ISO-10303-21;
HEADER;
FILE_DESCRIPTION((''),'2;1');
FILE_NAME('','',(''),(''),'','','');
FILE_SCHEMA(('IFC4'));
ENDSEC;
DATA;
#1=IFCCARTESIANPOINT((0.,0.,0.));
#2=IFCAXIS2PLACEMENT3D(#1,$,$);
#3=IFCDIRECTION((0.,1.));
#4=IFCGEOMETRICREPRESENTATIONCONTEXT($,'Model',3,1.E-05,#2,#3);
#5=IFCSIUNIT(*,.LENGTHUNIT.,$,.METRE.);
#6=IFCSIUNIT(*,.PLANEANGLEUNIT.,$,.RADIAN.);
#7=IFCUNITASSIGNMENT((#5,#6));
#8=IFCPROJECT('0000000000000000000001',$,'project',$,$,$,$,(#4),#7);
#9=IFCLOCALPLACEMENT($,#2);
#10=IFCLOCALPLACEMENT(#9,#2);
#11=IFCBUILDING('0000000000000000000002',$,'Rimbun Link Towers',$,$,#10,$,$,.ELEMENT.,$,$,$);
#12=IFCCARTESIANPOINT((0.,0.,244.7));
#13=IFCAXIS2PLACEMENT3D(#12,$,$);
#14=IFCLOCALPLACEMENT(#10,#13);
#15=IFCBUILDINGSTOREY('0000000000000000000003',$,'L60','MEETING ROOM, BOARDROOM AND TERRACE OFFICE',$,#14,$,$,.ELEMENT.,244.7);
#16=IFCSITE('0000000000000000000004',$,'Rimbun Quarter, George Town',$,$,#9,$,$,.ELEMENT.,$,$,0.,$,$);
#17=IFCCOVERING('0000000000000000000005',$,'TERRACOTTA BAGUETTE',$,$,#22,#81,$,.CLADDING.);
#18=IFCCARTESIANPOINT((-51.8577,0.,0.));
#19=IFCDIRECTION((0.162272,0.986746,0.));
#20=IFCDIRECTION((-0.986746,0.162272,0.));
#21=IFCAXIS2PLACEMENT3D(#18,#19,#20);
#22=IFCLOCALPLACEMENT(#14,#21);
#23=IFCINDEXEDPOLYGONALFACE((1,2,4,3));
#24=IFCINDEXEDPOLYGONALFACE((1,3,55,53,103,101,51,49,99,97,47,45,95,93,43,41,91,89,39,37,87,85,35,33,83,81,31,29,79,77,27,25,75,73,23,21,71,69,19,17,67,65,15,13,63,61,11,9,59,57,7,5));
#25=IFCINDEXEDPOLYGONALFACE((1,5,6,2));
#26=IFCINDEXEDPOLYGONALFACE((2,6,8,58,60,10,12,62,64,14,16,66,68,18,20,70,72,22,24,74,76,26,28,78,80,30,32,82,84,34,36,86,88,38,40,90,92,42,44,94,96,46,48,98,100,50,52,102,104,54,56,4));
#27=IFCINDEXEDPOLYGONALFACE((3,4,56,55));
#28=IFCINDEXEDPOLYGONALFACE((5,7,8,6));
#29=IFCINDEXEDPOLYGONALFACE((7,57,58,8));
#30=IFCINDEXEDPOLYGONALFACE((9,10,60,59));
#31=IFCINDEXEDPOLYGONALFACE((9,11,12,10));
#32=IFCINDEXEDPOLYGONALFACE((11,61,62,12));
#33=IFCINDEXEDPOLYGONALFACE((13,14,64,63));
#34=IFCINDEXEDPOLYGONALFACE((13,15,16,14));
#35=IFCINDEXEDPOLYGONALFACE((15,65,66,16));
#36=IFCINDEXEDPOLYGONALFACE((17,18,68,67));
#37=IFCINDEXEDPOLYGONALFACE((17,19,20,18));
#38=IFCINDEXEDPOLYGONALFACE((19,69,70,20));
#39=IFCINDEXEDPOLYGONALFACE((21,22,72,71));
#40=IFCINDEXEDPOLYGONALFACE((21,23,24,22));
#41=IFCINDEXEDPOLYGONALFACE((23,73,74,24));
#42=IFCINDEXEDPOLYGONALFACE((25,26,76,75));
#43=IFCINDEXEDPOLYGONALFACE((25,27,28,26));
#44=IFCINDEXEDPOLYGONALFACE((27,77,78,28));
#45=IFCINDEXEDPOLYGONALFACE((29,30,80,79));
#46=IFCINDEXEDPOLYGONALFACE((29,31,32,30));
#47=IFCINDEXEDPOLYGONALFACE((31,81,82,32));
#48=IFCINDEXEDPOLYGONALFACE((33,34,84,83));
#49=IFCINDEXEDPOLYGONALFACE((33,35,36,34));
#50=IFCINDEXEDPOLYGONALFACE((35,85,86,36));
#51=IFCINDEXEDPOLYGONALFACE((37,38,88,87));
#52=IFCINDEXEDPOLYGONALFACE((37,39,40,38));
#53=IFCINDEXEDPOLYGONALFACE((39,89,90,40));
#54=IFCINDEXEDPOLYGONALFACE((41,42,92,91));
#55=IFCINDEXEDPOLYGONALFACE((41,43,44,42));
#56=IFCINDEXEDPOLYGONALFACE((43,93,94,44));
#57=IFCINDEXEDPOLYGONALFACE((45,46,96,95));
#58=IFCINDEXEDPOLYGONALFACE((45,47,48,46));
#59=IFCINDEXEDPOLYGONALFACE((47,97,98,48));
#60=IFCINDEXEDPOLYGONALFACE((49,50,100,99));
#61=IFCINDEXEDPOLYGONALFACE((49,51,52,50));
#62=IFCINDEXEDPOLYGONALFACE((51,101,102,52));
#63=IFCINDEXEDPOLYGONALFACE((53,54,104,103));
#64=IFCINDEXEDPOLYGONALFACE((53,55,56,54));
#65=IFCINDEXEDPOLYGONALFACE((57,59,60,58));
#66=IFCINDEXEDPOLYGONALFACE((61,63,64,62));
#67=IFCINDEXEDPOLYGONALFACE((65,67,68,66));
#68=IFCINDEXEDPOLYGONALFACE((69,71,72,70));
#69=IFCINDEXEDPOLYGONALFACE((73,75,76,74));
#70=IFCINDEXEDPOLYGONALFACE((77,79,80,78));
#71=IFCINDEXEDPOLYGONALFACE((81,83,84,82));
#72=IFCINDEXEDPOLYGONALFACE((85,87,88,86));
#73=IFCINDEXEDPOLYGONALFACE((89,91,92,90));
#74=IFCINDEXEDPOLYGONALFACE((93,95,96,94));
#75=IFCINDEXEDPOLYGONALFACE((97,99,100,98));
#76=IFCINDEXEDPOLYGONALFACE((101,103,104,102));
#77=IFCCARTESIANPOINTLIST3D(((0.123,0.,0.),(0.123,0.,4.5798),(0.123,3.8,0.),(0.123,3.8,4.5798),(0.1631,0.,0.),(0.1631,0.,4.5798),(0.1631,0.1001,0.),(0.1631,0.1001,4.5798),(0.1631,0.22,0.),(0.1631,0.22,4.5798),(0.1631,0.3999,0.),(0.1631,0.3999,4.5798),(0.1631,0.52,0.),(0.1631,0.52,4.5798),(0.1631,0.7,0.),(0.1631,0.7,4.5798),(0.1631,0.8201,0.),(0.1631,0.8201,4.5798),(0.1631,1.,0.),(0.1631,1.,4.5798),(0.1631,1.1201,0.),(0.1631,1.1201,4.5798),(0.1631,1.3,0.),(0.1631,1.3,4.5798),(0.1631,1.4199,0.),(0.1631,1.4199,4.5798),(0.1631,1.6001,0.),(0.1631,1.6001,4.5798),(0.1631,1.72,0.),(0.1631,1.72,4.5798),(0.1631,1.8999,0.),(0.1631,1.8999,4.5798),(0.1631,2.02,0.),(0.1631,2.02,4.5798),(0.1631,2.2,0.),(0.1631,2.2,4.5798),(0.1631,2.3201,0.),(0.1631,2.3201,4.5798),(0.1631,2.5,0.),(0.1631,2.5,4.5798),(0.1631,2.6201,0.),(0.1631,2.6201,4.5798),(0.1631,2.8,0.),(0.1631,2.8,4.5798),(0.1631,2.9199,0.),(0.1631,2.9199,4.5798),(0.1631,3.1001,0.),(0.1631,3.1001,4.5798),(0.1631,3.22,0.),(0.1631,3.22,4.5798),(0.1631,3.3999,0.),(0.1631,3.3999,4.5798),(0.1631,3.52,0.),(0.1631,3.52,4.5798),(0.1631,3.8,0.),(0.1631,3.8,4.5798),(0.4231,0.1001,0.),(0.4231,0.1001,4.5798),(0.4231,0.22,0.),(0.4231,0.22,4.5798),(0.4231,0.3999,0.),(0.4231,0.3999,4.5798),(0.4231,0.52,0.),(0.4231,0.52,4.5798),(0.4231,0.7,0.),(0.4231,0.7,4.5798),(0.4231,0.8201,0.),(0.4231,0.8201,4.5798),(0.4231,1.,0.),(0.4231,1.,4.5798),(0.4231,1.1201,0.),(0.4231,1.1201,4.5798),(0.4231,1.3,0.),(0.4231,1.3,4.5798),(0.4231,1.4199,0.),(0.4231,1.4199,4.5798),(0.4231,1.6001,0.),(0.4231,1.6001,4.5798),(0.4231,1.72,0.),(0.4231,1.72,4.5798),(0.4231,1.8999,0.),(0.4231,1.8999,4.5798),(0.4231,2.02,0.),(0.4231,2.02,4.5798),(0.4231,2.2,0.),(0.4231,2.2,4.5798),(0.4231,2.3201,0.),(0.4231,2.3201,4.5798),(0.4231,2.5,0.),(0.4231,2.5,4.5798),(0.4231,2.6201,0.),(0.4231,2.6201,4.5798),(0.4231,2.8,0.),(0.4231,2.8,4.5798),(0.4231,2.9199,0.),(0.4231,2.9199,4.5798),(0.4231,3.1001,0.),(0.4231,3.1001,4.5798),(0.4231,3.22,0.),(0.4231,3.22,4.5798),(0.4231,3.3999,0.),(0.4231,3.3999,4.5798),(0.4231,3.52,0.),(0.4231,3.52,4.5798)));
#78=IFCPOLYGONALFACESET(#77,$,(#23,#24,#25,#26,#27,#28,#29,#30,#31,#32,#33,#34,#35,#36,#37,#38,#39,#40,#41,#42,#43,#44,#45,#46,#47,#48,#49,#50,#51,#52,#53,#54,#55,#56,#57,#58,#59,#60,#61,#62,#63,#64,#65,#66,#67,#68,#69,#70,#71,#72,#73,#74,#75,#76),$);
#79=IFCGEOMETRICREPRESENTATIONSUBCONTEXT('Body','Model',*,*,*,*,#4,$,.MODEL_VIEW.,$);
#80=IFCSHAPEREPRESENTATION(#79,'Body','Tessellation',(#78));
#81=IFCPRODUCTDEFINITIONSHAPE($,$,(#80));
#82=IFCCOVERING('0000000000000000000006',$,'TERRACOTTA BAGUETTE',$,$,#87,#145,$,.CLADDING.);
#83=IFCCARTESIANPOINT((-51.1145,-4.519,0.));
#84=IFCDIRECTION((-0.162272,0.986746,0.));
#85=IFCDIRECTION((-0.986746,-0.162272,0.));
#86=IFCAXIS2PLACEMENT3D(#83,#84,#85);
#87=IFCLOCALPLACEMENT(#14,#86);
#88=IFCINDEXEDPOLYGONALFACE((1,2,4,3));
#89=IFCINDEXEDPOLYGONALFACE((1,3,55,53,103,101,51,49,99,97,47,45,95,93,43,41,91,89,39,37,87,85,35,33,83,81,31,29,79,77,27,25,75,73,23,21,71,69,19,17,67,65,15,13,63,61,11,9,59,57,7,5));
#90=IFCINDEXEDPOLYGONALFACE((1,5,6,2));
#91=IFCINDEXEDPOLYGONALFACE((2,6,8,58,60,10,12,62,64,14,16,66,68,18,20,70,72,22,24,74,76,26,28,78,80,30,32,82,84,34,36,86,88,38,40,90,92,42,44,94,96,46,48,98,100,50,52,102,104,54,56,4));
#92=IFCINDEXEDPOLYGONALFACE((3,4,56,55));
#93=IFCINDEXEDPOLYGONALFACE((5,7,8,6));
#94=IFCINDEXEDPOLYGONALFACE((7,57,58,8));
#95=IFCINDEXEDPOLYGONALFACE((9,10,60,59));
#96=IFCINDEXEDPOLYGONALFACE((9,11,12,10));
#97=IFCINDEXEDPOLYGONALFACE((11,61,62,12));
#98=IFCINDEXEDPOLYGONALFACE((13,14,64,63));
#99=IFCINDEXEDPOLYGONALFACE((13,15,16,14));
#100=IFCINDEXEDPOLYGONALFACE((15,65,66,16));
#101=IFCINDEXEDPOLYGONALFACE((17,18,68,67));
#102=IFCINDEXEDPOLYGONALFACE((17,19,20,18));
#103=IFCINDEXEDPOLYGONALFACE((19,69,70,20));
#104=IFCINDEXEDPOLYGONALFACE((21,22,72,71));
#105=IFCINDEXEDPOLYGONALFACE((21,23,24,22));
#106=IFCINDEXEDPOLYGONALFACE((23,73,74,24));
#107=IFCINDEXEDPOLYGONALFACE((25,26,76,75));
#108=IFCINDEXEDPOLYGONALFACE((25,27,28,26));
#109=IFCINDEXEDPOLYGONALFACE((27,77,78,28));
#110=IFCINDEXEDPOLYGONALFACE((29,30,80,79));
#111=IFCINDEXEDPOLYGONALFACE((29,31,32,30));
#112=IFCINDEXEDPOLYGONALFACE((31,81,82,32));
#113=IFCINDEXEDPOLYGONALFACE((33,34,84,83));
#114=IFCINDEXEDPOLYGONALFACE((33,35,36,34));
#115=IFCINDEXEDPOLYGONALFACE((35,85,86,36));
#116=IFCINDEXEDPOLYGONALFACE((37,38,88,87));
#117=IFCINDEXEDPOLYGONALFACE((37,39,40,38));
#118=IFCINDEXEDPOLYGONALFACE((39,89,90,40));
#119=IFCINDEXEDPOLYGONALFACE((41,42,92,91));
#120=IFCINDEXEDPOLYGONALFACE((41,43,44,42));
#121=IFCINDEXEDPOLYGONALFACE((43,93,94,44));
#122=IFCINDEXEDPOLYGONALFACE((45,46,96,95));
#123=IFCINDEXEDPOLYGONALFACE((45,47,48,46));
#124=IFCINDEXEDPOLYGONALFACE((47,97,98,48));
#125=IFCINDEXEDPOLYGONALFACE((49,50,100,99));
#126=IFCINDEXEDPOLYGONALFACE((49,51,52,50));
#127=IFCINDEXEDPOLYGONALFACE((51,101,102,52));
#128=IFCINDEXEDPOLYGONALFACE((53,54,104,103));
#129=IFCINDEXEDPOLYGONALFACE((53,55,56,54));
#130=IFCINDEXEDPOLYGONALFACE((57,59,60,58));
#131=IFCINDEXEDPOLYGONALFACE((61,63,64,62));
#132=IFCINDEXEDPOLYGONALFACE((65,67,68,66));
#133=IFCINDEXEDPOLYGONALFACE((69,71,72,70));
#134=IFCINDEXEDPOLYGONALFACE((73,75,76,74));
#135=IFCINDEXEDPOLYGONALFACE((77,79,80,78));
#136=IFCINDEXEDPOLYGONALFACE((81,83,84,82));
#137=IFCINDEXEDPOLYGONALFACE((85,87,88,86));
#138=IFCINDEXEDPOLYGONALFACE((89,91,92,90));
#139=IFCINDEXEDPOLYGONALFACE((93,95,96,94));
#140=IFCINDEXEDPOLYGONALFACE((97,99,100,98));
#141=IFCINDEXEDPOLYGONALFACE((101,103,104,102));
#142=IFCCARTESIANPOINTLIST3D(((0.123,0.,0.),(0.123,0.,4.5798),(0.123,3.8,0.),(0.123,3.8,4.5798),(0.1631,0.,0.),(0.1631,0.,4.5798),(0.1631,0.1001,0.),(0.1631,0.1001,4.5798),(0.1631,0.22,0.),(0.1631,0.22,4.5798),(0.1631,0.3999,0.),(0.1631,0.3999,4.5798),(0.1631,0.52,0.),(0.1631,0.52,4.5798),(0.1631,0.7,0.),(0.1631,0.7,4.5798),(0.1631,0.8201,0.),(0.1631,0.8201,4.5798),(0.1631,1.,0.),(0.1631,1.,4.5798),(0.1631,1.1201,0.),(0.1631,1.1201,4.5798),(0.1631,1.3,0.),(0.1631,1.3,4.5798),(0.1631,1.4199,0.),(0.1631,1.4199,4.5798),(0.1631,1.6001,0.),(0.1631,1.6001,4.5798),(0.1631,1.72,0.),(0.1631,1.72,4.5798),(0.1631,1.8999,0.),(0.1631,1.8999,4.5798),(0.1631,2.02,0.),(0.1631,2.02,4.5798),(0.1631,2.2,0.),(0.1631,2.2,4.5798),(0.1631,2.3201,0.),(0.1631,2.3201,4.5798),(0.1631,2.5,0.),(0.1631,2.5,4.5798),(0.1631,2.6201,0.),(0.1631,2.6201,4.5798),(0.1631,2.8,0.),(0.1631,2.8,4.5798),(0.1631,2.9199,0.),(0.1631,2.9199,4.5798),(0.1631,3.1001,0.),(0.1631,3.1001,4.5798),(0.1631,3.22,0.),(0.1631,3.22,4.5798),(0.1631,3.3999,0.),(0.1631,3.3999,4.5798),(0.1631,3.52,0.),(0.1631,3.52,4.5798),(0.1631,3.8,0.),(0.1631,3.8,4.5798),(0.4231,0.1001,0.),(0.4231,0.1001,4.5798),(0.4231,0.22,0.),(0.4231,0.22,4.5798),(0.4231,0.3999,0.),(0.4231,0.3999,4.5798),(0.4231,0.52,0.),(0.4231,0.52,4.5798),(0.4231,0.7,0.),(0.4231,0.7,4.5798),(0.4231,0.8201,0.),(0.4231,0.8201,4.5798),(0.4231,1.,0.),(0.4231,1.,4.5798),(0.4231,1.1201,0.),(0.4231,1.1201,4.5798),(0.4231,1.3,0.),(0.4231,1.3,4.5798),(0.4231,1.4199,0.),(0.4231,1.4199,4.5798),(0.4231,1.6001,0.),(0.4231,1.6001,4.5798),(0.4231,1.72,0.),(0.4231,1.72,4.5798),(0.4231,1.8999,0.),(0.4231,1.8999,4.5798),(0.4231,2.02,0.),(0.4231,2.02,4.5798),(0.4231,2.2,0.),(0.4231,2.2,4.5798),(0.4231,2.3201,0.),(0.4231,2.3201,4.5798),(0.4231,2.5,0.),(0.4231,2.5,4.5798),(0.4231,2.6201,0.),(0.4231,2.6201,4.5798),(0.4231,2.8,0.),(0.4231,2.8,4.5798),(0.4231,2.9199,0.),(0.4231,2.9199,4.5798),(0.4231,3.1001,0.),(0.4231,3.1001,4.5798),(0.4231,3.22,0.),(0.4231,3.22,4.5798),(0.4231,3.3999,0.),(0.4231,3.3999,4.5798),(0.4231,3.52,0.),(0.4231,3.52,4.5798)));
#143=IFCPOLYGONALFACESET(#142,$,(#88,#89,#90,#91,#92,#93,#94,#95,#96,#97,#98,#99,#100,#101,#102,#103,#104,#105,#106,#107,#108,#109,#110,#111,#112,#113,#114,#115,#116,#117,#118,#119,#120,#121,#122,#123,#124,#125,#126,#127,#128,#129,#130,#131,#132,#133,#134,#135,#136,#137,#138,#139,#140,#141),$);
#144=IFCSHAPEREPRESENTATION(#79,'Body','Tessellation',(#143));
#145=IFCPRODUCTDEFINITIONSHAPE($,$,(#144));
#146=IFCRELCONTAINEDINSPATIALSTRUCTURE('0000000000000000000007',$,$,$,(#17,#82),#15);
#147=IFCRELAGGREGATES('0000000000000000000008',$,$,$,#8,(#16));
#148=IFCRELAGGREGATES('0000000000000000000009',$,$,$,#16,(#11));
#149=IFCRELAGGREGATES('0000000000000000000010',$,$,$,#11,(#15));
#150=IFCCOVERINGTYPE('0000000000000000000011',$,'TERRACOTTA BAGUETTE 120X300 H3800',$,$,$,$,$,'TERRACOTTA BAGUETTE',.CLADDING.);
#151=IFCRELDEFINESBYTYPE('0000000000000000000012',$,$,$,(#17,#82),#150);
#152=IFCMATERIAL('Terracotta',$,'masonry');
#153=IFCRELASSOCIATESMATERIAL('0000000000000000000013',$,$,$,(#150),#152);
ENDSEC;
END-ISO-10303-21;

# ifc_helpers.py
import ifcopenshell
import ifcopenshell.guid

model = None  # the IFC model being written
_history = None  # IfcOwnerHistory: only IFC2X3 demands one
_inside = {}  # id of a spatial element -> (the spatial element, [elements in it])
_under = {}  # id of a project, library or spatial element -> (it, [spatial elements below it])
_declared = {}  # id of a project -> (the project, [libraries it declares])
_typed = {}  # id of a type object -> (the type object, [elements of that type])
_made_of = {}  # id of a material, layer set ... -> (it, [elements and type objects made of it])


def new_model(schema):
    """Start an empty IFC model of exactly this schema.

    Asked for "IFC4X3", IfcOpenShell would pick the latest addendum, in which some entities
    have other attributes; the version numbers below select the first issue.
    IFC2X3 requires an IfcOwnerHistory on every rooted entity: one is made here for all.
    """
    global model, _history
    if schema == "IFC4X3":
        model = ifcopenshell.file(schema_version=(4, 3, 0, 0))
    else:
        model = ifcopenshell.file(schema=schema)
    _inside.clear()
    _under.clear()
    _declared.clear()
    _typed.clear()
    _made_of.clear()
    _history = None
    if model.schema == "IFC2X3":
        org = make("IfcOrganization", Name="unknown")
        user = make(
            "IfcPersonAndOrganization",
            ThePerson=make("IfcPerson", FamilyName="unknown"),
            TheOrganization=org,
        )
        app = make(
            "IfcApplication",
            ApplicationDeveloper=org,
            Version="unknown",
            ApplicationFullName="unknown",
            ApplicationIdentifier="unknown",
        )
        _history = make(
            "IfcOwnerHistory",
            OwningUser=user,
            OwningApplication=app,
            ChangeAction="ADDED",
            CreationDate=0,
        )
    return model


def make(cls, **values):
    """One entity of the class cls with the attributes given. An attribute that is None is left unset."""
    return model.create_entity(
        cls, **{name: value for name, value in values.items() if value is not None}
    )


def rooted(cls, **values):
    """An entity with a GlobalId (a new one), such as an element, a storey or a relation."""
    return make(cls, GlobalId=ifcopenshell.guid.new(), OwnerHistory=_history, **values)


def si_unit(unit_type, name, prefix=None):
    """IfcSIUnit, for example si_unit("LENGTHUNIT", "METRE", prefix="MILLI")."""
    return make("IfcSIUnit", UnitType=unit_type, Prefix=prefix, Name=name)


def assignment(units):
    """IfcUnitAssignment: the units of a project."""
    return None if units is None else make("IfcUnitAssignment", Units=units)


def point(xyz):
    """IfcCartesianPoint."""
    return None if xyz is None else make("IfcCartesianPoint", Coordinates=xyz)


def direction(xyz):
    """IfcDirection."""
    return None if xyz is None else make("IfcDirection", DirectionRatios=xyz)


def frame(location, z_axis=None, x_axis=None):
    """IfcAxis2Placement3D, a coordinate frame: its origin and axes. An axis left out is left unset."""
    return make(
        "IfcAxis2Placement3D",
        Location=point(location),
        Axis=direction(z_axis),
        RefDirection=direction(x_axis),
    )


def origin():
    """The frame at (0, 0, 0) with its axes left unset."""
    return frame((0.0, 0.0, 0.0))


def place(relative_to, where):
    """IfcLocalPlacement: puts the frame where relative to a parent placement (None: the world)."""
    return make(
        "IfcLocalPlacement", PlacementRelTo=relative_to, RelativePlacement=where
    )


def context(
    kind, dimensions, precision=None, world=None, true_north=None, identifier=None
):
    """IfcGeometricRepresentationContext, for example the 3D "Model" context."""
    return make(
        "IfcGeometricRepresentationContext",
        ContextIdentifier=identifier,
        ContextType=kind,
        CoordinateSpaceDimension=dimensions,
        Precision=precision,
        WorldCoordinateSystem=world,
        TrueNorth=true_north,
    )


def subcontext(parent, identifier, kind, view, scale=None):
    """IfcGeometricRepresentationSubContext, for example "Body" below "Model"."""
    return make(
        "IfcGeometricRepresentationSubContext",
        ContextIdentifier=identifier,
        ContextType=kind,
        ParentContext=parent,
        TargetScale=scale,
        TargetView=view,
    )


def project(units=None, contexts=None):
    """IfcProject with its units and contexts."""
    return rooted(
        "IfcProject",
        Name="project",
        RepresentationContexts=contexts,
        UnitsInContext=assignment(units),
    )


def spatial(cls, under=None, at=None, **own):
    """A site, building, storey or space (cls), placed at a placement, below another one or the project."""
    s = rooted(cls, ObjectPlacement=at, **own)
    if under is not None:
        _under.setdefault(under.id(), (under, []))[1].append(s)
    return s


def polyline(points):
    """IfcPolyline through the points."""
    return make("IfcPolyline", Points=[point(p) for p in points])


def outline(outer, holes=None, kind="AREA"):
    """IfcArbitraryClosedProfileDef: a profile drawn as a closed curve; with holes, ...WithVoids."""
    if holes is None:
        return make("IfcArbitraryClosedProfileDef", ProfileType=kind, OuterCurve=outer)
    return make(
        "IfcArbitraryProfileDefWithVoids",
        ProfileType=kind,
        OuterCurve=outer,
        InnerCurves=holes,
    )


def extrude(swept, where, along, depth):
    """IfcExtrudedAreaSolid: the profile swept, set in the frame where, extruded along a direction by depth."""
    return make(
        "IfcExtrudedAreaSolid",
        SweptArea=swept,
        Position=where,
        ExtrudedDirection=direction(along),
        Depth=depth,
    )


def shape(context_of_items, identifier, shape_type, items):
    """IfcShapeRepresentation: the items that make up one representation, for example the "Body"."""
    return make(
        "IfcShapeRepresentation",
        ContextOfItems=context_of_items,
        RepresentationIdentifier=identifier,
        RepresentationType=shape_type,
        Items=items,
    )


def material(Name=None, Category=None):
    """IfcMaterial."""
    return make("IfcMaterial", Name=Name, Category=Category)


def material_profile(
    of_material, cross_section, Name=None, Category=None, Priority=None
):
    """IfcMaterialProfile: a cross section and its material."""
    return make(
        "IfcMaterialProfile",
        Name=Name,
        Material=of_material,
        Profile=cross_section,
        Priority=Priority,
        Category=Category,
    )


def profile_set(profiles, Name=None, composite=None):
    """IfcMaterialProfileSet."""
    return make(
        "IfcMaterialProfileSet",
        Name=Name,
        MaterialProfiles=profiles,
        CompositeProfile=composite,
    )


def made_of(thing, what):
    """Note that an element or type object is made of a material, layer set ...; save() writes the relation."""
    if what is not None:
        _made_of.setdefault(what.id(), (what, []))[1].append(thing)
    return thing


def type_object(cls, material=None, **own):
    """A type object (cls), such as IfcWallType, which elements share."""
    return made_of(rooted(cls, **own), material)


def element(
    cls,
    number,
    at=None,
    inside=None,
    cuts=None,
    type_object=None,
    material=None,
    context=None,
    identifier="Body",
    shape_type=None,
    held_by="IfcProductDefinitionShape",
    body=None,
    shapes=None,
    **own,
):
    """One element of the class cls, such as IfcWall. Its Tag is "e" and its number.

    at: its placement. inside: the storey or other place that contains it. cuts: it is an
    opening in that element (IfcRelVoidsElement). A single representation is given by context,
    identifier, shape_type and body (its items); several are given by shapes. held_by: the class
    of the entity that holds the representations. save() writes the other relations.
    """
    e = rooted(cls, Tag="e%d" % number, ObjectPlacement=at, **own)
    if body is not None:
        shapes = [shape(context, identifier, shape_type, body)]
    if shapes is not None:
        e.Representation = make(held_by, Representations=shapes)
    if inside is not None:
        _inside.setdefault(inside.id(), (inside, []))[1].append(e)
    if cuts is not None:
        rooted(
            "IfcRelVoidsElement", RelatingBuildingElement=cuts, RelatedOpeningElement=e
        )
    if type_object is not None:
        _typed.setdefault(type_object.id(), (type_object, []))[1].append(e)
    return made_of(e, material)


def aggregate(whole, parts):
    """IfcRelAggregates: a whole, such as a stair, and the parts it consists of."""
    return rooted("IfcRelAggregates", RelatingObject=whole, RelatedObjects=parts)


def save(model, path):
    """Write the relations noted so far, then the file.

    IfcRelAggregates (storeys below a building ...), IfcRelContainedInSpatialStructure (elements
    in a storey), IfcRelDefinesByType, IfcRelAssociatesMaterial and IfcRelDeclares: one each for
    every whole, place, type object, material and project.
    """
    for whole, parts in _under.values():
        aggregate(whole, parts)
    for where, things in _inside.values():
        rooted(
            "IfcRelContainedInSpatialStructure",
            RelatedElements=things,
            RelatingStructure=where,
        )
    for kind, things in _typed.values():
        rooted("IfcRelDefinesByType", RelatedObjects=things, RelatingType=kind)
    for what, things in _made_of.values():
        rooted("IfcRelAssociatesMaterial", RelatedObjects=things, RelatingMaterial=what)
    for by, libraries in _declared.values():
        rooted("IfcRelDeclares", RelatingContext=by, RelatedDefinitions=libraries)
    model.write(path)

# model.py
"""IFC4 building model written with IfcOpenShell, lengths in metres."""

from ifc_helpers import new_model, si_unit, direction, frame, origin, place, context, subcontext, project, spatial, polyline, outline, extrude, material, material_profile, profile_set, type_object, element, save


model = new_model("IFC4")

# Units and contexts
model_context = context("Model", 3, precision=1e-05, world=origin(), true_north=direction((0.0, 1.0)))
body_context = subcontext(model_context, "Body", "Model", "MODEL_VIEW")
ifc_project = project(units=[si_unit("LENGTHUNIT", "METRE"), si_unit("PLANEANGLEUNIT", "RADIAN")], contexts=[model_context])

# Site, building, storey
site_placement = place(None, origin())
site = spatial("IfcSite", under=ifc_project, at=site_placement, Name="Rimbun Quarter, George Town", CompositionType="ELEMENT", RefElevation=0.0)
building_placement = place(site_placement, origin())
building = spatial("IfcBuilding", under=site, at=building_placement, Name="Rimbun Link Towers", CompositionType="ELEMENT")
storey_placement = place(building_placement, frame((0.0, 0.0, 244.7)))
storey = spatial("IfcBuildingStorey", under=building, at=storey_placement, Name="L60", Description="MEETING ROOM, BOARDROOM AND TERRACE OFFICE", CompositionType="ELEMENT", Elevation=244.7)

# Coverings
ifc_material_1 = material(Name="Terracotta", Category="masonry")
ifc_material_profile_1 = material_profile(ifc_material_1, outline(polyline([(0.123, 0.0), (0.1631, 0.0), (0.1631, 0.1001), (0.4231, 0.1001), (0.4231, 0.22), (0.1631, 0.22), (0.1631, 0.3999), (0.4231, 0.3999), (0.4231, 0.52), (0.1631, 0.52), (0.1631, 0.7), (0.4231, 0.7), (0.4231, 0.8201), (0.1631, 0.8201), (0.1631, 1.0), (0.4231, 1.0), (0.4231, 1.1201), (0.1631, 1.1201), (0.1631, 1.3), (0.4231, 1.3), (0.4231, 1.4199), (0.1631, 1.4199), (0.1631, 1.6001), (0.4231, 1.6001), (0.4231, 1.72), (0.1631, 1.72), (0.1631, 1.8999), (0.4231, 1.8999), (0.4231, 2.02), (0.1631, 2.02), (0.1631, 2.2), (0.4231, 2.2), (0.4231, 2.3201), (0.1631, 2.3201), (0.1631, 2.5), (0.4231, 2.5), (0.4231, 2.6201), (0.1631, 2.6201), (0.1631, 2.8), (0.4231, 2.8), (0.4231, 2.9199), (0.1631, 2.9199), (0.1631, 3.1001), (0.4231, 3.1001), (0.4231, 3.22), (0.1631, 3.22), (0.1631, 3.3999), (0.4231, 3.3999), (0.4231, 3.52), (0.1631, 3.52), (0.1631, 3.8), (0.123, 3.8), (0.123, 0.0)])), Name="BAGUETTE 120X300")
ifc_profile_set_1 = profile_set([ifc_material_profile_1], Name="Terracotta")
covering_type = type_object("IfcCoveringType", Name="TERRACOTTA BAGUETTE 120X300 H3800", ElementType="TERRACOTTA BAGUETTE", PredefinedType="CLADDING", material=ifc_profile_set_1)
for number, where, z_axis, x_axis, name in (
    (1, (-51.8577, 0.0, 0.0), (0.162272, 0.986746, 0.0), (-0.986746, 0.162272, 0.0), "TERRACOTTA BAGUETTE"),
    (2, (-51.1145, -4.519, 0.0), (-0.162272, 0.986746, 0.0), (-0.986746, -0.162272, 0.0), "TERRACOTTA BAGUETTE"),
):
    element("IfcCovering", number, at=place(storey_placement, frame(where, z_axis=z_axis, x_axis=x_axis)), inside=storey, type_object=covering_type, Name=name, PredefinedType="CLADDING", context=body_context, shape_type="SweptSolid", body=[
        extrude(outline(polyline([(0.123, 0.0), (0.1631, 0.0), (0.1631, 0.1001), (0.4231, 0.1001), (0.4231, 0.22), (0.1631, 0.22), (0.1631, 0.3999), (0.4231, 0.3999), (0.4231, 0.52), (0.1631, 0.52), (0.1631, 0.7), (0.4231, 0.7), (0.4231, 0.8201), (0.1631, 0.8201), (0.1631, 1.0), (0.4231, 1.0), (0.4231, 1.1201), (0.1631, 1.1201), (0.1631, 1.3), (0.4231, 1.3), (0.4231, 1.4199), (0.1631, 1.4199), (0.1631, 1.6001), (0.4231, 1.6001), (0.4231, 1.72), (0.1631, 1.72), (0.1631, 1.8999), (0.4231, 1.8999), (0.4231, 2.02), (0.1631, 2.02), (0.1631, 2.2), (0.4231, 2.2), (0.4231, 2.3201), (0.1631, 2.3201), (0.1631, 2.5), (0.4231, 2.5), (0.4231, 2.6201), (0.1631, 2.6201), (0.1631, 2.8), (0.4231, 2.8), (0.4231, 2.9199), (0.1631, 2.9199), (0.1631, 3.1001), (0.4231, 3.1001), (0.4231, 3.22), (0.1631, 3.22), (0.1631, 3.3999), (0.4231, 3.3999), (0.4231, 3.52), (0.1631, 3.52), (0.1631, 3.8), (0.123, 3.8), (0.123, 0.0)])), origin(), (0.0, 0.0, 1.0), 4.5798),
    ])

save(model, "model.ifc")
